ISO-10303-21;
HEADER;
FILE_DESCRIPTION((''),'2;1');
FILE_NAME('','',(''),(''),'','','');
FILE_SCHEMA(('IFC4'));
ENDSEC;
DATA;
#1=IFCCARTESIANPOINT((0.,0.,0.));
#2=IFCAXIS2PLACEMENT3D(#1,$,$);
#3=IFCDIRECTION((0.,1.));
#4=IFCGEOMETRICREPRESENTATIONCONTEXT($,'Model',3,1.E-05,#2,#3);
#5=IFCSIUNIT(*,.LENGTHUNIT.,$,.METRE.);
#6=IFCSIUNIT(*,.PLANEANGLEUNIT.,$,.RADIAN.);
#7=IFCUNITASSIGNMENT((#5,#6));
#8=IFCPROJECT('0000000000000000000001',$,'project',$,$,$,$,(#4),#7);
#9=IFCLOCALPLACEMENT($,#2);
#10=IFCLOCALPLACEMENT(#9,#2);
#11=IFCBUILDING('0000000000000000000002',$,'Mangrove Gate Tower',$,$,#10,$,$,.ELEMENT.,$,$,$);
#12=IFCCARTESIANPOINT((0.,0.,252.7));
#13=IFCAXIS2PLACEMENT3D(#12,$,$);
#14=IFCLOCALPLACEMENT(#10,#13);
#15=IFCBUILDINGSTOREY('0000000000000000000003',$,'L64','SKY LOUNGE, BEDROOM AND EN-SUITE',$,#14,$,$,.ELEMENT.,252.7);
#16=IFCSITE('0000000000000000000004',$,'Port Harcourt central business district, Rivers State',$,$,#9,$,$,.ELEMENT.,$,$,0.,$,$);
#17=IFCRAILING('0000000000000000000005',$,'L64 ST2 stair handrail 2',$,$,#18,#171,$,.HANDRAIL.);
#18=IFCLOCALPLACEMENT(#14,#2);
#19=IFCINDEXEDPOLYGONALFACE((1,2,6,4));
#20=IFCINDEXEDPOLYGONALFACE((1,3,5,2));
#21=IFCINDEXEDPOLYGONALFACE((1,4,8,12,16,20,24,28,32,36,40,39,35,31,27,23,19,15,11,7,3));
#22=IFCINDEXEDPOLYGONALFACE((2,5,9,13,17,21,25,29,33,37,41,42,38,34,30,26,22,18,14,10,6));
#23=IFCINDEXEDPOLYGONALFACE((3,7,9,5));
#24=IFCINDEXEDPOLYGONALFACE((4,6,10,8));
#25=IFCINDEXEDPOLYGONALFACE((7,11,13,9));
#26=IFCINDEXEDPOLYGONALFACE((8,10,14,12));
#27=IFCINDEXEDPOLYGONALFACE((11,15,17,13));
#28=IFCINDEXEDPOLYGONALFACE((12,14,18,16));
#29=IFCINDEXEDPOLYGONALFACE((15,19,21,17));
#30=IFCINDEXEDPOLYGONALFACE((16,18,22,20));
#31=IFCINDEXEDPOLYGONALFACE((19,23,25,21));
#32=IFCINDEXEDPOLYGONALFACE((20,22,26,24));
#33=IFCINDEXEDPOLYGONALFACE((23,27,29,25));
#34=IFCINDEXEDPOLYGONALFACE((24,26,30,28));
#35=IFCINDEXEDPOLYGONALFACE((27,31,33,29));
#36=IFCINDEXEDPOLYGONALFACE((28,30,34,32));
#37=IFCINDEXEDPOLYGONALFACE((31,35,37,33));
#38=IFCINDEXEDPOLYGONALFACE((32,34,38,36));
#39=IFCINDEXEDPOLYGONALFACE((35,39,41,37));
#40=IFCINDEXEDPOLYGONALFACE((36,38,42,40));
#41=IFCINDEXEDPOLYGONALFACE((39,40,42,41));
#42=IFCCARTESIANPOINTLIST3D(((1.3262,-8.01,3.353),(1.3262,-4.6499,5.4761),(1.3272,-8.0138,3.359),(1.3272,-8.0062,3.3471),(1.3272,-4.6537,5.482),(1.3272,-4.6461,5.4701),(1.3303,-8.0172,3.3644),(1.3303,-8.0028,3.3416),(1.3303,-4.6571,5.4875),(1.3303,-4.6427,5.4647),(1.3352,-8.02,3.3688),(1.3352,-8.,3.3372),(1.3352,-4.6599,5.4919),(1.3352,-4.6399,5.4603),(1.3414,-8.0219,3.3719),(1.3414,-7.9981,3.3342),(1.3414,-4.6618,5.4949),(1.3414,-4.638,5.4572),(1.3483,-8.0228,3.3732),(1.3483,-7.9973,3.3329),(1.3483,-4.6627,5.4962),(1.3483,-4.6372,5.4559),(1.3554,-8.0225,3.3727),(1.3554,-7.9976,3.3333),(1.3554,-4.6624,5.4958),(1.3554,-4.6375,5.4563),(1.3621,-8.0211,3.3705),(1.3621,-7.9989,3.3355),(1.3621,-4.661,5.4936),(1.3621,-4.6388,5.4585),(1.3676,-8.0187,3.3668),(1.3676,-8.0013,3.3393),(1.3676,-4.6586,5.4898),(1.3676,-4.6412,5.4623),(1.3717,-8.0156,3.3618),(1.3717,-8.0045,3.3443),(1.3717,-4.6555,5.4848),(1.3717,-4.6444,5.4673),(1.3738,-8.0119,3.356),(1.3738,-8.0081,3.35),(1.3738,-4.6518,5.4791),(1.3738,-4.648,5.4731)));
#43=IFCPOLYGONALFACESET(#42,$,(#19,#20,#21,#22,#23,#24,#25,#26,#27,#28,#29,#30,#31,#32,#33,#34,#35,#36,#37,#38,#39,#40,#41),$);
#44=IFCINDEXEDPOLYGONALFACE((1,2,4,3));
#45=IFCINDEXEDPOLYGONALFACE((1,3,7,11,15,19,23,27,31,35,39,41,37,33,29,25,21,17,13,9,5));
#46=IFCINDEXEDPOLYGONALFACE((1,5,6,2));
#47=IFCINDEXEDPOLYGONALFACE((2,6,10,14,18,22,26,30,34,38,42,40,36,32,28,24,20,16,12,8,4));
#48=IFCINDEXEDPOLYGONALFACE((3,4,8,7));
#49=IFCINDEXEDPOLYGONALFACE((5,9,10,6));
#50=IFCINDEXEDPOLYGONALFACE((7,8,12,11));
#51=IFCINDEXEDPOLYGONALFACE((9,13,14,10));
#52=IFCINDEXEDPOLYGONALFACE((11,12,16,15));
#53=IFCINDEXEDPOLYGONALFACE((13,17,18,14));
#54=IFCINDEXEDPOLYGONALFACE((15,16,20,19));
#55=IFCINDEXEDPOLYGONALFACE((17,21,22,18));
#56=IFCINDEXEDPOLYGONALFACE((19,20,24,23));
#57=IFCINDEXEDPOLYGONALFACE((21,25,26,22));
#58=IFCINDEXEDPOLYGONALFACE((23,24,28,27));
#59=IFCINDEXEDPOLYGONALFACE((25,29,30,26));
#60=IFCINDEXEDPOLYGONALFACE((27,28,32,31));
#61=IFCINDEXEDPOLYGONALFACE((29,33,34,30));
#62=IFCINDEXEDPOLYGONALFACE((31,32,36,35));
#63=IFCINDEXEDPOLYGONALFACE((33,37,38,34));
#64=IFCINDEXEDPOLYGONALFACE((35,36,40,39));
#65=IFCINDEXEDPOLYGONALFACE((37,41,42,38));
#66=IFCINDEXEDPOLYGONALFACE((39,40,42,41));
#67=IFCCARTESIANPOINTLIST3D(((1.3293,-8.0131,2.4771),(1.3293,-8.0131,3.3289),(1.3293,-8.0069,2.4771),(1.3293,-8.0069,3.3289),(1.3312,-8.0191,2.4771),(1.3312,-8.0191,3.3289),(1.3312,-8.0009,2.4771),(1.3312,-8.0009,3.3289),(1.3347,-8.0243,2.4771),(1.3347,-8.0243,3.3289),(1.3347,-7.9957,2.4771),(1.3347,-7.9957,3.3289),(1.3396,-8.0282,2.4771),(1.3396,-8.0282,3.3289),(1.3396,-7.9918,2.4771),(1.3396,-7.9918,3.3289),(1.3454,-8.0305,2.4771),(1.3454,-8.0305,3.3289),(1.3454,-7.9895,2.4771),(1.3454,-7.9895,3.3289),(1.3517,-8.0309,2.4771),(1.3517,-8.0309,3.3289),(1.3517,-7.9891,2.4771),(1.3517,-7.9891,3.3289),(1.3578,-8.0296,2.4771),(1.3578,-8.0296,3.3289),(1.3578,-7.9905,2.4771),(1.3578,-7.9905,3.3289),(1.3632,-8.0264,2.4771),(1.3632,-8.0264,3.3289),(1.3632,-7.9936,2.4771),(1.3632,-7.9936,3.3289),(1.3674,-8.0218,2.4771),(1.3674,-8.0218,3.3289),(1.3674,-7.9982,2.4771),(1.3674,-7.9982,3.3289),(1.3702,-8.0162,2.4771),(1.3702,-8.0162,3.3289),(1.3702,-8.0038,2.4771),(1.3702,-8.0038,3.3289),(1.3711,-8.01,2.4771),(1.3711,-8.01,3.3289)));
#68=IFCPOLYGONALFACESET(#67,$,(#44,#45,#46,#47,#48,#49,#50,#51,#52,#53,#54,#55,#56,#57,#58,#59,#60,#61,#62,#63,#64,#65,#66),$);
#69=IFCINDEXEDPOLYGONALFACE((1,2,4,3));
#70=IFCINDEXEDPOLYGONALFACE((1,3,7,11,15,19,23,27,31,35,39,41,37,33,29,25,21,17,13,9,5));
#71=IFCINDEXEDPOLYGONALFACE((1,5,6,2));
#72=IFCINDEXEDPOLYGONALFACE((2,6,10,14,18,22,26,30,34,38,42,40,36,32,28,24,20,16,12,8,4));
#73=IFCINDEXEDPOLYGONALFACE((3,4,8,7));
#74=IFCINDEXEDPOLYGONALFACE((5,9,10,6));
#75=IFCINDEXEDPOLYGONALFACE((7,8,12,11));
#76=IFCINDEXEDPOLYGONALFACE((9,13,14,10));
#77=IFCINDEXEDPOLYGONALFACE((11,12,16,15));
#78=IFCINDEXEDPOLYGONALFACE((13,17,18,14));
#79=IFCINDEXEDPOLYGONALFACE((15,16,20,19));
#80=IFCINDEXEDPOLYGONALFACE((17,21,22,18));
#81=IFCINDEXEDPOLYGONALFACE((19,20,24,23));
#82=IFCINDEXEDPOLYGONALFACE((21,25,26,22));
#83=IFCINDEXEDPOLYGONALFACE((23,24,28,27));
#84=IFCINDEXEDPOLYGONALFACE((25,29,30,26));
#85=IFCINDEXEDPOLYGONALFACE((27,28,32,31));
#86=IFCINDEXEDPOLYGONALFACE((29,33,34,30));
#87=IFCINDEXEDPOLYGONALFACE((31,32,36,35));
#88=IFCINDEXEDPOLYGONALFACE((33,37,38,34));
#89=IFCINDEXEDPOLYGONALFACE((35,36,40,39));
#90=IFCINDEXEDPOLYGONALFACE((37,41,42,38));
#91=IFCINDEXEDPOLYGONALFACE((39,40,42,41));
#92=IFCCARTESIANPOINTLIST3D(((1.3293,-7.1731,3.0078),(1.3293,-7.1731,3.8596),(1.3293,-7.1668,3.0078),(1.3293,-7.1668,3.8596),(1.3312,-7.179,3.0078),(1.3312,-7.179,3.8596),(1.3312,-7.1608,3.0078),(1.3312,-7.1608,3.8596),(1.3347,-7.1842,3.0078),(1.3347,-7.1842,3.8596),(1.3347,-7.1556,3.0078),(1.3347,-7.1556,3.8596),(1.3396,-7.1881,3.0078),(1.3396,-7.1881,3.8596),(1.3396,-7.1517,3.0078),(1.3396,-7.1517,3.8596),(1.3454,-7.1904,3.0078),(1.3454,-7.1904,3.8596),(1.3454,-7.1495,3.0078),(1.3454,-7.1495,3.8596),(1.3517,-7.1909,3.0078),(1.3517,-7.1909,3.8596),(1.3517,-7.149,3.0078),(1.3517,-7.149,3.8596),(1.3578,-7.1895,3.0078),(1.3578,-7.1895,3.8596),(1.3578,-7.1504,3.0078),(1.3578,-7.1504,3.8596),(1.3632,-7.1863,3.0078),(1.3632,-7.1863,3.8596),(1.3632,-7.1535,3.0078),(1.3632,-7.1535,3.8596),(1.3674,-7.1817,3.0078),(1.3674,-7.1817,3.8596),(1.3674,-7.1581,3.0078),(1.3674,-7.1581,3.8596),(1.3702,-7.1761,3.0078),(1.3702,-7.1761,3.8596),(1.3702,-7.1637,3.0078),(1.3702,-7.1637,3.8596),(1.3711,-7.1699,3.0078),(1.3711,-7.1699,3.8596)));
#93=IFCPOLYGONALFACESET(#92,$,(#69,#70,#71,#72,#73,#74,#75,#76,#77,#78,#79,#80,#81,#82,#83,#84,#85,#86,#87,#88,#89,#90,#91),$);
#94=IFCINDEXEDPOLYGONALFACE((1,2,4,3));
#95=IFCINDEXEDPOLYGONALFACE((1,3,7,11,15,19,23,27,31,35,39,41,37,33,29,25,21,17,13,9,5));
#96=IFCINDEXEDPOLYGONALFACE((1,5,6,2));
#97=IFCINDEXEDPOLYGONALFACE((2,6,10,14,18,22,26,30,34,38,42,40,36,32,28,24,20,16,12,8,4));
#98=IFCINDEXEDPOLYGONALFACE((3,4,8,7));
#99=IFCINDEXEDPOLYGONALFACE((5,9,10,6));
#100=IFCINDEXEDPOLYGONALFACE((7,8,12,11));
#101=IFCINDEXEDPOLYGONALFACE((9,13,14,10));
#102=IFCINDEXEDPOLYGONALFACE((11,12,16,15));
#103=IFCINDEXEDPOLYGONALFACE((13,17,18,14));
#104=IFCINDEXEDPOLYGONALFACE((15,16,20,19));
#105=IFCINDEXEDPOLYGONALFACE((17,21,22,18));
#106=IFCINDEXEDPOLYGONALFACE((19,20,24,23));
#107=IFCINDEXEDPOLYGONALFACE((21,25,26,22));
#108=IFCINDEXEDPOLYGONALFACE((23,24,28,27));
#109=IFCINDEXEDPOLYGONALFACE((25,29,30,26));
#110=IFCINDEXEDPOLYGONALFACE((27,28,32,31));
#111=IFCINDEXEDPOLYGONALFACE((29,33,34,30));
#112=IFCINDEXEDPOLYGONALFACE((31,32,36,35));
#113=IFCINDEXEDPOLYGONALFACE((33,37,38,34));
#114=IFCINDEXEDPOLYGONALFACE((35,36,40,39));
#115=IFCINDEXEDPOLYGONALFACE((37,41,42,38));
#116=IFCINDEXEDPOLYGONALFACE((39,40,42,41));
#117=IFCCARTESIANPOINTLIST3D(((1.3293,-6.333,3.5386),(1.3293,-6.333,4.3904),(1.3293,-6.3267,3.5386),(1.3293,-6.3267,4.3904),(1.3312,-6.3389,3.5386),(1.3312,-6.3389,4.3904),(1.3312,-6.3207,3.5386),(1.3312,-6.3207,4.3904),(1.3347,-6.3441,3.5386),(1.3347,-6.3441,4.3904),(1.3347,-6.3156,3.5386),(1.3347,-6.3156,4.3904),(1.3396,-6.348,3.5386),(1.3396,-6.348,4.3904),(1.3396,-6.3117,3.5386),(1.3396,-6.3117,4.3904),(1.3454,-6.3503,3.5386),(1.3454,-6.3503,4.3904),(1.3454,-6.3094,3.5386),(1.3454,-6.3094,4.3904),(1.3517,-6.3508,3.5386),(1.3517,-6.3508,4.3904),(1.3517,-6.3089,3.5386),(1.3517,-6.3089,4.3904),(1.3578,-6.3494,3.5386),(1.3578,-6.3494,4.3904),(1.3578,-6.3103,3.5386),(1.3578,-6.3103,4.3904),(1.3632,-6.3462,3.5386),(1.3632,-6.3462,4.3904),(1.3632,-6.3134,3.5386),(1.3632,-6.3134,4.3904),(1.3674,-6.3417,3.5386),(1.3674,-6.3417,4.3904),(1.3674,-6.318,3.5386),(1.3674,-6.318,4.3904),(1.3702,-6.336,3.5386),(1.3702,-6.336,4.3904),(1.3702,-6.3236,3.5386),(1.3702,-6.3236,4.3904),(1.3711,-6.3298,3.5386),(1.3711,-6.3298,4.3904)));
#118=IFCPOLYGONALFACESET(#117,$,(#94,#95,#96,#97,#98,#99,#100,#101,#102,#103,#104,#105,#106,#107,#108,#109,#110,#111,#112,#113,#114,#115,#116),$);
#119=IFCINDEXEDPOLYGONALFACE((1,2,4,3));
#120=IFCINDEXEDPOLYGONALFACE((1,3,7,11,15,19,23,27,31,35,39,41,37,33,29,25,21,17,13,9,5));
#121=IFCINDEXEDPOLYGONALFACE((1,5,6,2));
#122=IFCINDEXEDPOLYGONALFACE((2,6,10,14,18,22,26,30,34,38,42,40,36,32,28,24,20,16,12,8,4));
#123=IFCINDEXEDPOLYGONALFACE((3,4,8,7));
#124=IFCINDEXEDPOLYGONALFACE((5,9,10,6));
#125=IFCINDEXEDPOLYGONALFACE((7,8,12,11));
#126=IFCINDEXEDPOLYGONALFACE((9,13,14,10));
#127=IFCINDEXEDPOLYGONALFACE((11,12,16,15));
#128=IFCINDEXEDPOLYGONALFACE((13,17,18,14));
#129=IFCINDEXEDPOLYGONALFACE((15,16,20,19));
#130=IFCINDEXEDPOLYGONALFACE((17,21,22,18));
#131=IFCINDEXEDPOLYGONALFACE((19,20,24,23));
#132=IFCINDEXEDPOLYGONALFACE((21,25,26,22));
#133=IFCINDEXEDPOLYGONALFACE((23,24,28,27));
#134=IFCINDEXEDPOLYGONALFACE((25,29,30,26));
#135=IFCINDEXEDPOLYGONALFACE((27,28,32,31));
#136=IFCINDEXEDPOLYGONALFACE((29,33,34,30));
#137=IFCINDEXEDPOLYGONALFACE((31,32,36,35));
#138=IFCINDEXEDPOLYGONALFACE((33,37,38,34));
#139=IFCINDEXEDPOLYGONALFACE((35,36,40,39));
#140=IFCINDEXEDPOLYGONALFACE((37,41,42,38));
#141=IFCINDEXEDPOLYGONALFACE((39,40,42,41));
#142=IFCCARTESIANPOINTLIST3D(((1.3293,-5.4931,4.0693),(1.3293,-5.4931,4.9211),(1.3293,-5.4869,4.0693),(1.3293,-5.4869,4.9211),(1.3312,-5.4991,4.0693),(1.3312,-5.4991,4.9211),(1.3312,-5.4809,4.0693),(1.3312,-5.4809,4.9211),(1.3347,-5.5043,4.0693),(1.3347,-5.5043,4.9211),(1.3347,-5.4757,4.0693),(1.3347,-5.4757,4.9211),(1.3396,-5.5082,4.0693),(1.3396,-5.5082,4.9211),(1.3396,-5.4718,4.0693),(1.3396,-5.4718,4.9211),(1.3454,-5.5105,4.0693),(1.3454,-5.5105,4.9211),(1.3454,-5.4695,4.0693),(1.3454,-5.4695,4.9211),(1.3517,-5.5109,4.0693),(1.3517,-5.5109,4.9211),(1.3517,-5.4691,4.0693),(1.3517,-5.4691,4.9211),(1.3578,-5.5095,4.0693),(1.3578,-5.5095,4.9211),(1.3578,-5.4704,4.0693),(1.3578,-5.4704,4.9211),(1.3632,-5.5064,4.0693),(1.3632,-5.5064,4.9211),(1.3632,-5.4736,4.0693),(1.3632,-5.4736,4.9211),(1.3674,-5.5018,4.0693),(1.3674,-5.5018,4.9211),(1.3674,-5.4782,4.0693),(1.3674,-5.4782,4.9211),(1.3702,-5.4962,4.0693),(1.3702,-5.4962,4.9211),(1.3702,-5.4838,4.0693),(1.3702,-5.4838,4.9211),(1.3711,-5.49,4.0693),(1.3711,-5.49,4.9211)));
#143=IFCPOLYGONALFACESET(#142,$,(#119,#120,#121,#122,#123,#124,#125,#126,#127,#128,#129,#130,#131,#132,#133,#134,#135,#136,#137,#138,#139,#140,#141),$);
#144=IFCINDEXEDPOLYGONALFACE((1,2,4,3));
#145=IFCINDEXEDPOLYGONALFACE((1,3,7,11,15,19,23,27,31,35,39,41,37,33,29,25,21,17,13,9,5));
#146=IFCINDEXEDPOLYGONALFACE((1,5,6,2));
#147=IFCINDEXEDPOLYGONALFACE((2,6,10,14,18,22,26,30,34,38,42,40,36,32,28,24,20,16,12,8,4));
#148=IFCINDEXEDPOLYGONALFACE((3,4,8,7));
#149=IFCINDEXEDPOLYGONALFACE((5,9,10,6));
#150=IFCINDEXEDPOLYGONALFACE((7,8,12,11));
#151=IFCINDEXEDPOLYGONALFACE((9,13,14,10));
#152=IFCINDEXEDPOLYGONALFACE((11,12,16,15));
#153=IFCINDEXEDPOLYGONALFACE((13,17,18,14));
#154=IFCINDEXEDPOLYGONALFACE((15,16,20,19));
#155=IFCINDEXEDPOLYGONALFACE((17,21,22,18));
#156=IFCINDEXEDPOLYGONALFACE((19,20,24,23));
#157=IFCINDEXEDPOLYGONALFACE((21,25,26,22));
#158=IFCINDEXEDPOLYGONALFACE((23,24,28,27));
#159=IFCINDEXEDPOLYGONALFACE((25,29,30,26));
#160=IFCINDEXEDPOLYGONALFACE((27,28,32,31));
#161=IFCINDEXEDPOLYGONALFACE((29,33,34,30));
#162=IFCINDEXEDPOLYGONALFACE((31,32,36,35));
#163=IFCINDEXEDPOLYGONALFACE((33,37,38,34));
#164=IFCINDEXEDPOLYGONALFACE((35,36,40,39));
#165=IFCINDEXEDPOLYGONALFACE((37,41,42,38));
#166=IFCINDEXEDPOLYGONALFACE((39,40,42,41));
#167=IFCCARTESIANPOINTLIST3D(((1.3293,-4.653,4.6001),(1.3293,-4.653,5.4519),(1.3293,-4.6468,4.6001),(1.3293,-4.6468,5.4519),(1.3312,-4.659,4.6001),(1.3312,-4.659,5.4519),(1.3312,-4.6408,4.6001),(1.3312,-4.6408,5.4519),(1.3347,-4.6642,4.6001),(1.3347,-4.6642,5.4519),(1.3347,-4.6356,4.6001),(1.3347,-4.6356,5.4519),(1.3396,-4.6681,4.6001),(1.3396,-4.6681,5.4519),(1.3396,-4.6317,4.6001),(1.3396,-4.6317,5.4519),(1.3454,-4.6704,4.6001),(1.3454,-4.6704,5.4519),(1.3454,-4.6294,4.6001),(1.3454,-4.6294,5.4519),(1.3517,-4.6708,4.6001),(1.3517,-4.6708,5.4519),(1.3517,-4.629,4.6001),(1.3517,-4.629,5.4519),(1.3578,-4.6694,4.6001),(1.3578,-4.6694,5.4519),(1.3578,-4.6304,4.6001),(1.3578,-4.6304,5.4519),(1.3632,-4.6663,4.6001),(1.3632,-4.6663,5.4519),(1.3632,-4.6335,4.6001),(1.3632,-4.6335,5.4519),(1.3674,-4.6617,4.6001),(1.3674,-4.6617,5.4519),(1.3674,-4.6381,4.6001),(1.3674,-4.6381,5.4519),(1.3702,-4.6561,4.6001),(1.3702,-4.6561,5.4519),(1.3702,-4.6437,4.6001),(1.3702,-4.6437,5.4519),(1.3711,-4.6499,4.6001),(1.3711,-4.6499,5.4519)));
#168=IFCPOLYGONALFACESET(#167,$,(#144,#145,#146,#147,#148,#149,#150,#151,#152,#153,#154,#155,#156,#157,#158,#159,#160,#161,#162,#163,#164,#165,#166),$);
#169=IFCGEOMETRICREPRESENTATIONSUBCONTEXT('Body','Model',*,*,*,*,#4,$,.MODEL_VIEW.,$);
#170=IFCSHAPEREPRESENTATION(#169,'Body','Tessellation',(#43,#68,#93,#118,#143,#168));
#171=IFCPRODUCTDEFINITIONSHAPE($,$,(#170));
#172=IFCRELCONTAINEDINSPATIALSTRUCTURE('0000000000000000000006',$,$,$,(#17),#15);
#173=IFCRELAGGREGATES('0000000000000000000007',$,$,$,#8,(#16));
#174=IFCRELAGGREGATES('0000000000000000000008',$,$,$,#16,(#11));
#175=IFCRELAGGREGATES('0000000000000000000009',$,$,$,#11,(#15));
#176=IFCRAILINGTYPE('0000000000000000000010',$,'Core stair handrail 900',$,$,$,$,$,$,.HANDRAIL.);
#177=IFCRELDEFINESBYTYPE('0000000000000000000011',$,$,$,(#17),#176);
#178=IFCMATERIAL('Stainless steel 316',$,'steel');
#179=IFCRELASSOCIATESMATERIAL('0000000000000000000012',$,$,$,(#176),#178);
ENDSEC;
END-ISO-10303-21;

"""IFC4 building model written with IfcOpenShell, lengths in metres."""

from ifc_helpers import new_model, si_unit, direction, frame, origin, origin_2d, place, context, subcontext, project, spatial, circle, extrude, material, type_object, element, save


model = new_model("IFC4")

# Units and contexts
model_context = context("Model", 3, precision=1e-05, world=origin(), true_north=direction((0.0, 1.0)))
body_context = subcontext(model_context, "Body", "Model", "MODEL_VIEW")
ifc_project = project(units=[si_unit("LENGTHUNIT", "METRE"), si_unit("PLANEANGLEUNIT", "RADIAN")], contexts=[model_context])

# Site, building, storey
site_placement = place(None, origin())
site = spatial("IfcSite", under=ifc_project, at=site_placement, Name="Port Harcourt central business district, Rivers State", CompositionType="ELEMENT", RefElevation=0.0)
building_placement = place(site_placement, origin())
building = spatial("IfcBuilding", under=site, at=building_placement, Name="Mangrove Gate Tower", CompositionType="ELEMENT")
storey_placement = place(building_placement, frame((0.0, 0.0, 252.7)))
storey = spatial("IfcBuildingStorey", under=building, at=storey_placement, Name="L64", Description="SKY LOUNGE, BEDROOM AND EN-SUITE", CompositionType="ELEMENT", Elevation=252.7)

# Railing
ifc_material_1 = material(Name="Stainless steel 316", Category="steel")
railing_type_1 = type_object("IfcRailingType", Name="Core stair handrail 900", PredefinedType="HANDRAIL", material=ifc_material_1)
railing_1_placement = place(storey_placement, frame((1.3501, -8.01, 2.4771)))
element("IfcRailing", 1, at=railing_1_placement, inside=storey, type_object=railing_type_1, Name="L64 ST2 stair handrail 2", PredefinedType="HANDRAIL", context=body_context, shape_type="SweptSolid", body=[
    extrude(circle(Radius=0.0239, at=origin_2d()), frame((0.0, 0.0, 0.876), z_axis=(0.0, 0.84539, 0.53415), x_axis=(-1.0, 0.0, 0.0)), (0.0, 0.0, 1.0), 3.9746),
    extrude(circle(Radius=0.021, at=origin_2d()), origin(), (0.0, 0.0, 1.0), 0.8518),
    extrude(circle(Radius=0.021, at=origin_2d()), frame((0.0, 0.8401, 0.5308)), (0.0, 0.0, 1.0), 0.8518),
    extrude(circle(Radius=0.021, at=origin_2d()), frame((0.0, 1.6802, 1.0615)), (0.0, 0.0, 1.0), 0.8518),
    extrude(circle(Radius=0.021, at=origin_2d()), frame((0.0, 2.52, 1.5923)), (0.0, 0.0, 1.0), 0.8518),
    extrude(circle(Radius=0.021, at=origin_2d()), frame((0.0, 3.3601, 2.123)), (0.0, 0.0, 1.0), 0.8518),
])

save(model, "model.ifc")
